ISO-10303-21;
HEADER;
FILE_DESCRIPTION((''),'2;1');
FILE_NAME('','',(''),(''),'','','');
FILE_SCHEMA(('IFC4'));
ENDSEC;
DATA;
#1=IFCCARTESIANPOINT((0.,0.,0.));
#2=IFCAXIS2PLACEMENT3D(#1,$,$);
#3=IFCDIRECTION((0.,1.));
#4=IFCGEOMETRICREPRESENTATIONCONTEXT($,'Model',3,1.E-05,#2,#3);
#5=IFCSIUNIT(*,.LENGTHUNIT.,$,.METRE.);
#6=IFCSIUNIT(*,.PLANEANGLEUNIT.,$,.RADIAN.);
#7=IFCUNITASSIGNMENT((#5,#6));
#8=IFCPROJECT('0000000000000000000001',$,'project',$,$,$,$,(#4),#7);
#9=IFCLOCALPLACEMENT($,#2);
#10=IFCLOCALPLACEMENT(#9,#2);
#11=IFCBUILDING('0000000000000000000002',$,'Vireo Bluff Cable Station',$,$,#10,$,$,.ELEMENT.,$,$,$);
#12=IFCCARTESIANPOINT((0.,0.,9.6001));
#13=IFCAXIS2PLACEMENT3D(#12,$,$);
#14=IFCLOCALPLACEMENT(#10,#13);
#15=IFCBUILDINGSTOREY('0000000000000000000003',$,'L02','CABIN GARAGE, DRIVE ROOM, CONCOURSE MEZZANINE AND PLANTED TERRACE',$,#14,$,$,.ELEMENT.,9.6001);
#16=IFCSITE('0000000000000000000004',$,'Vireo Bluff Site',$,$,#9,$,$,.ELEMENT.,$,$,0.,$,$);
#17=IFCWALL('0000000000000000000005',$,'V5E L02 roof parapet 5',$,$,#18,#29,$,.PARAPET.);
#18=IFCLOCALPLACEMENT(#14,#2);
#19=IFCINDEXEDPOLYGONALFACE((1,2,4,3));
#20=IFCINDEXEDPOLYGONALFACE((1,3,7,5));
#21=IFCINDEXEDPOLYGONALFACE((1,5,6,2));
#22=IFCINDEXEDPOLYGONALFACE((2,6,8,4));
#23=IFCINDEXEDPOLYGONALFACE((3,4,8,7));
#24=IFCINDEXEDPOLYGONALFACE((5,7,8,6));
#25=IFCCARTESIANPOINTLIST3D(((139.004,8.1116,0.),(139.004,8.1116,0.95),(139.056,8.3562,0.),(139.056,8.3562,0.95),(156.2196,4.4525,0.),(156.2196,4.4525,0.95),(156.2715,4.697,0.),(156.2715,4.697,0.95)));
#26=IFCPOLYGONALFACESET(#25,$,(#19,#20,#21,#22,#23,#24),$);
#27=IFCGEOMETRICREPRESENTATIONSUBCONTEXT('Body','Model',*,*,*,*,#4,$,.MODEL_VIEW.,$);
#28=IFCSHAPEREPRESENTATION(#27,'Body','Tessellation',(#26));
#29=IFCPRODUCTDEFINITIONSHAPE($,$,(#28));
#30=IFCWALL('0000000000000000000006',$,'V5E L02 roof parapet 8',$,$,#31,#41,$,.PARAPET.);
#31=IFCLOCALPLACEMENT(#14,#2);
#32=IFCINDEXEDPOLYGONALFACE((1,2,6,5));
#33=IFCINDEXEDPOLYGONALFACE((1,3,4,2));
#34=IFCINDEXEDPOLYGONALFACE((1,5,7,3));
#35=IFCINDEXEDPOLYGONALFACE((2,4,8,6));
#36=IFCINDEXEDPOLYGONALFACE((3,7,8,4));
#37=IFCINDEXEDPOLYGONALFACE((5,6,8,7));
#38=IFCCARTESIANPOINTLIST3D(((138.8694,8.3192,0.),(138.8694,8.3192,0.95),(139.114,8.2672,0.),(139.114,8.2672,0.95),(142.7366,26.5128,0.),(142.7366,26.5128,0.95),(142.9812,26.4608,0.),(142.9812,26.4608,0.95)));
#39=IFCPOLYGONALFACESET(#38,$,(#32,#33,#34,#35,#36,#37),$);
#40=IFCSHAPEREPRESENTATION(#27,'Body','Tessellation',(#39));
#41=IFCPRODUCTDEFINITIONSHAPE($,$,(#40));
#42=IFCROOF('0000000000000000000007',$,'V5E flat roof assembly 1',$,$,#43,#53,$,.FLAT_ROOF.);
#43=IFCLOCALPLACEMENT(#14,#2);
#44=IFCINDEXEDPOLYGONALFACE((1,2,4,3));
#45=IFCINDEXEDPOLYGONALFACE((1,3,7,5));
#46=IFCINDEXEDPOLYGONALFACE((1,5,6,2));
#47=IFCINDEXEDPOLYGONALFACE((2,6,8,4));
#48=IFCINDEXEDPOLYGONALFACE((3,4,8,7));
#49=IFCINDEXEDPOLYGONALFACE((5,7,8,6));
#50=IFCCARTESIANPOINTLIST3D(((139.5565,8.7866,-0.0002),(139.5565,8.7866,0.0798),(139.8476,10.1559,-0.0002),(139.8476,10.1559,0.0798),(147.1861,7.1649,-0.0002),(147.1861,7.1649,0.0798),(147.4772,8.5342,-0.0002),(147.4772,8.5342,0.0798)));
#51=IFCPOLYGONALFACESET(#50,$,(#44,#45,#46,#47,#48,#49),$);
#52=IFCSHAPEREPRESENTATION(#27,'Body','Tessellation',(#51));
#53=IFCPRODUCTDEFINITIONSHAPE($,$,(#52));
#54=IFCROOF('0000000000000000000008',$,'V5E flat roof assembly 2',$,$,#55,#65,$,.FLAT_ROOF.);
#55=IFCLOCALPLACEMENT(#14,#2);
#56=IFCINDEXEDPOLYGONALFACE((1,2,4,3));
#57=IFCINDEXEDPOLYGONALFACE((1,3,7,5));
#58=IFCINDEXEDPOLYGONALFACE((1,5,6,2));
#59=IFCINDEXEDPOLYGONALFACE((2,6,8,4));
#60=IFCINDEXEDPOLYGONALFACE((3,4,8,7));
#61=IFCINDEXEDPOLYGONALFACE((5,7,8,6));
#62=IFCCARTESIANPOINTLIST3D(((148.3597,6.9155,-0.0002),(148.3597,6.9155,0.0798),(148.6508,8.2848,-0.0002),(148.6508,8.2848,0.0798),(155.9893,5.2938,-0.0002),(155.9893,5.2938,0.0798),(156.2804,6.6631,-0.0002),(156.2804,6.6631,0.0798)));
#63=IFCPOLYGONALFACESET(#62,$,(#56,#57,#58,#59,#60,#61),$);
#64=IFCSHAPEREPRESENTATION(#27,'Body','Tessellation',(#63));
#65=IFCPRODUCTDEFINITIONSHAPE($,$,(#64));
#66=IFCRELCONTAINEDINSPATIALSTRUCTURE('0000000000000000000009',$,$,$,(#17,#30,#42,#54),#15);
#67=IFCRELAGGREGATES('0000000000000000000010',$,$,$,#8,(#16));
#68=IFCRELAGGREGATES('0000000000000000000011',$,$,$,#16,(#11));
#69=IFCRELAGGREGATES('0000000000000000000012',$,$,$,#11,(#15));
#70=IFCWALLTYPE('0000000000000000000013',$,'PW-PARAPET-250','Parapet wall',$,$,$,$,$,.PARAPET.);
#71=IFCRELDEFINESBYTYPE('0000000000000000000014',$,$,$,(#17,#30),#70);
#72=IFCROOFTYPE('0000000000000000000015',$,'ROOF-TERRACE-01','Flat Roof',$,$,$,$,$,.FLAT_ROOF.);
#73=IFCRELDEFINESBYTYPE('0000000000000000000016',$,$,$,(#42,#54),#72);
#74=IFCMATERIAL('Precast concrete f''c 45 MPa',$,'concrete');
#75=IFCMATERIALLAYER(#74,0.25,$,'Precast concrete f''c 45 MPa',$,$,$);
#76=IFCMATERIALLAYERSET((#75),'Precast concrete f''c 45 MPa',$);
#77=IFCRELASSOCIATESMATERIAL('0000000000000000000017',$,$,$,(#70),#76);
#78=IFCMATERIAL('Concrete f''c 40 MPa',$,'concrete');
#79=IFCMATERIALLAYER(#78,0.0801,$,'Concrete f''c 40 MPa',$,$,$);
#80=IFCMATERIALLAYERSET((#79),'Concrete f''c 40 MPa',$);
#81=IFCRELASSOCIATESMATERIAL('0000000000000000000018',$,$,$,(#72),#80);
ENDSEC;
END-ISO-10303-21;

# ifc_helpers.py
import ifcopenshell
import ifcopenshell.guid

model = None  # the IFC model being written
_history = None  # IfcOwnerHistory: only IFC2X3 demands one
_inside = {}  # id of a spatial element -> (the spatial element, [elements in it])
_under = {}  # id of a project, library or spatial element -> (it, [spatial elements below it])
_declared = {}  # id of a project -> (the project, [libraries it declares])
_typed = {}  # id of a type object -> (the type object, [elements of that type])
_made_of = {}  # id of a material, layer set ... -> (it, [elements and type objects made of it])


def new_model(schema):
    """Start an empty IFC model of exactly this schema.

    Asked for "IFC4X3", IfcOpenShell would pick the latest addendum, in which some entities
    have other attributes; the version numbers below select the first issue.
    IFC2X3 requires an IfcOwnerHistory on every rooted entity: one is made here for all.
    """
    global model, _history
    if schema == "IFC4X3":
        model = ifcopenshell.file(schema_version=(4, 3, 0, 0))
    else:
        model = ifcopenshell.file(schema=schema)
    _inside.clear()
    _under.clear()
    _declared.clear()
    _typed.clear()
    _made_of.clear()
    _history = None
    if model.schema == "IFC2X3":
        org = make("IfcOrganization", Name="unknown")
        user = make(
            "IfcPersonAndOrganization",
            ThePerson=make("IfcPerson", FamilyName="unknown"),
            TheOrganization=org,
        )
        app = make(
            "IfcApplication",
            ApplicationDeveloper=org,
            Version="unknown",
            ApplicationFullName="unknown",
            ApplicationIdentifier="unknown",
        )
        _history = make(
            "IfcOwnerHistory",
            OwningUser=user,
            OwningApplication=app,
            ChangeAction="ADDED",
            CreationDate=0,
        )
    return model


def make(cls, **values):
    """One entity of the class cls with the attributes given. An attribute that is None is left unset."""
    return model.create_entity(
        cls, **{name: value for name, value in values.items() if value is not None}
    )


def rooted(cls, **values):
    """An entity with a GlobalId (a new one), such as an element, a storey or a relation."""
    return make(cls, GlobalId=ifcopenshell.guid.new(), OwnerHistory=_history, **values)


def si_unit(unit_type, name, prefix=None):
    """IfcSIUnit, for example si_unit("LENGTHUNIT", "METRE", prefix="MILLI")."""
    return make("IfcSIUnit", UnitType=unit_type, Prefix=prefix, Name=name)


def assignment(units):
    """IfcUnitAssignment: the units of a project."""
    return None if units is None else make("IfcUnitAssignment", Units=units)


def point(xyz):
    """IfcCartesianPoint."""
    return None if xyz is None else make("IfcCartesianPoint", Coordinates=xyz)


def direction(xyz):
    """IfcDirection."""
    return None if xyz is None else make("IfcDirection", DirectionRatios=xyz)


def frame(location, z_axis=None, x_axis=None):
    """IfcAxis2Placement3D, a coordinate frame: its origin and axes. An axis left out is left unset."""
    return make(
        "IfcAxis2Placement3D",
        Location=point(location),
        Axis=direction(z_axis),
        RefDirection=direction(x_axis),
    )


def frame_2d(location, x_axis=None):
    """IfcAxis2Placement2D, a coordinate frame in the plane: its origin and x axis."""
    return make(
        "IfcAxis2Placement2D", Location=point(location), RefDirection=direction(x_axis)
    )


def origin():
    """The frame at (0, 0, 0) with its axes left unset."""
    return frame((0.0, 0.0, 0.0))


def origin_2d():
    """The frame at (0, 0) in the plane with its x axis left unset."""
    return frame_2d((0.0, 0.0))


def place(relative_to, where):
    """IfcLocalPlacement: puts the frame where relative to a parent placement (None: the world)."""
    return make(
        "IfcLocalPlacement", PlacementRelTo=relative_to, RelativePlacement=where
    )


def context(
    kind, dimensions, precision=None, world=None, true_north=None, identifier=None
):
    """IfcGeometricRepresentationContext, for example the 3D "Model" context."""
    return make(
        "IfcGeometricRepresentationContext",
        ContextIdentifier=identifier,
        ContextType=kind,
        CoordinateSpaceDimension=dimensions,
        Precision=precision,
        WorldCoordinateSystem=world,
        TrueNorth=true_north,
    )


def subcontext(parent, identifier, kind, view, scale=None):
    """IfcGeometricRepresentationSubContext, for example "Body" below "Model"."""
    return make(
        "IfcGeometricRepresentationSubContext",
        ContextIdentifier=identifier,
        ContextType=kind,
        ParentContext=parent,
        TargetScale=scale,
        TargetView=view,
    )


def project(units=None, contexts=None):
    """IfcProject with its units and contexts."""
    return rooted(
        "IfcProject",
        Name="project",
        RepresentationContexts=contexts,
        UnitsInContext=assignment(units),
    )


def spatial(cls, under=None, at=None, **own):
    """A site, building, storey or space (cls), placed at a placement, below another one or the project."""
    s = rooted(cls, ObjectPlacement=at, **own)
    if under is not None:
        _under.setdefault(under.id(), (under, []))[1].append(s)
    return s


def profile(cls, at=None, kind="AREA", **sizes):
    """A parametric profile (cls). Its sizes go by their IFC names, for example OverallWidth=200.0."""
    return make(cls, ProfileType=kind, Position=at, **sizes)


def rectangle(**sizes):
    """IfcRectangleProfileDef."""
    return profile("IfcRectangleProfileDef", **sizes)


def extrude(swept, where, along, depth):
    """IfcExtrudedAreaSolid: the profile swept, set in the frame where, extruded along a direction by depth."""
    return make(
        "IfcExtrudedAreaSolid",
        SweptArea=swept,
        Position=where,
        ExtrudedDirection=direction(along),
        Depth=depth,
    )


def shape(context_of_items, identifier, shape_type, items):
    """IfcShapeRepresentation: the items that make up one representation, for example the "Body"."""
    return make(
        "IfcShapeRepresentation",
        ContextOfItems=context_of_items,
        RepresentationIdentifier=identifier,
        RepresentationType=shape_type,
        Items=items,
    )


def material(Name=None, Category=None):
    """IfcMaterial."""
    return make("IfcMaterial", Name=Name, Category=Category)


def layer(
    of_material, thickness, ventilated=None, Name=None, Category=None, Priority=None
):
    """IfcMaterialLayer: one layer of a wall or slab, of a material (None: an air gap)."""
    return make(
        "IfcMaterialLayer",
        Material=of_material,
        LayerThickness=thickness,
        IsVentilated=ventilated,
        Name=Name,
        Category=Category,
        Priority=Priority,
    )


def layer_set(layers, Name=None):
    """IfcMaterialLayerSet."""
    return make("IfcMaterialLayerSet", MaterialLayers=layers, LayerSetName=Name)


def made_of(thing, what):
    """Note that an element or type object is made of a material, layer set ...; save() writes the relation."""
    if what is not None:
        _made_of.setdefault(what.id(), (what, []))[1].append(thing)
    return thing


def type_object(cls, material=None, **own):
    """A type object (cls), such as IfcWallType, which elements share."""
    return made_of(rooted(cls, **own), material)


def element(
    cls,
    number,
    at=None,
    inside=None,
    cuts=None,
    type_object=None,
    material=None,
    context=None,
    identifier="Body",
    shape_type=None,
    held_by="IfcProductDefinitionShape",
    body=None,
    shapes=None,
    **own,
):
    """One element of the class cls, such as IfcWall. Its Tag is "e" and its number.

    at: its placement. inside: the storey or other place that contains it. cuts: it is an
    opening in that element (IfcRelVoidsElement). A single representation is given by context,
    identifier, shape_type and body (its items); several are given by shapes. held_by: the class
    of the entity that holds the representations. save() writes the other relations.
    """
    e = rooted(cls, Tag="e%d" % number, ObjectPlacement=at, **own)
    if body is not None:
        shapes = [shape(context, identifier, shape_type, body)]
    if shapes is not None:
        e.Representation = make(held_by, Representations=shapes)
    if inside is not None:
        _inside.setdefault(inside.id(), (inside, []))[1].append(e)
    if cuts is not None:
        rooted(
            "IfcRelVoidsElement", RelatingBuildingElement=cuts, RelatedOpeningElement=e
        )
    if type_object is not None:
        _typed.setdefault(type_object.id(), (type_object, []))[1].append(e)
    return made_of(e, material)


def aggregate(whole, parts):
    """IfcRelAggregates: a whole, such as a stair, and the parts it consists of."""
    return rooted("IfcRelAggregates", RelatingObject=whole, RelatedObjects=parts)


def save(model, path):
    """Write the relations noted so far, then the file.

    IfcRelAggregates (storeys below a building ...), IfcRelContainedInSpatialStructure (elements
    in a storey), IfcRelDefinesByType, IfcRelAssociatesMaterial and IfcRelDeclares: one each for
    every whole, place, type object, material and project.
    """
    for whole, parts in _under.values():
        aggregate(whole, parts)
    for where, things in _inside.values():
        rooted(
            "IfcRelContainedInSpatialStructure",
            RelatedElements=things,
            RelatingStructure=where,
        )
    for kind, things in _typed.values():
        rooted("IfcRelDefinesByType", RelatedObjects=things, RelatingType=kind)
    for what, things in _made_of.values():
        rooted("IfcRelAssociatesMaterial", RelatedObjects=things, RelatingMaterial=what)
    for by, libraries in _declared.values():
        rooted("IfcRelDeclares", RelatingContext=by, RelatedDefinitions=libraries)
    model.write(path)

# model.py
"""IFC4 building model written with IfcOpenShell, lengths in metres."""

from ifc_helpers import new_model, si_unit, direction, frame, frame_2d, origin, origin_2d, place, context, subcontext, project, spatial, rectangle, extrude, material, layer, layer_set, type_object, element, save


model = new_model("IFC4")

# Units and contexts
model_context = context("Model", 3, precision=1e-05, world=origin(), true_north=direction((0.0, 1.0)))
body_context = subcontext(model_context, "Body", "Model", "MODEL_VIEW")
ifc_project = project(units=[si_unit("LENGTHUNIT", "METRE"), si_unit("PLANEANGLEUNIT", "RADIAN")], contexts=[model_context])

# Site, building, storey
site_placement = place(None, origin())
site = spatial("IfcSite", under=ifc_project, at=site_placement, Name="Vireo Bluff Site", CompositionType="ELEMENT", RefElevation=0.0)
building_placement = place(site_placement, origin())
building = spatial("IfcBuilding", under=site, at=building_placement, Name="Vireo Bluff Cable Station", CompositionType="ELEMENT")
storey_placement = place(building_placement, frame((0.0, 0.0, 9.6001)))
storey = spatial("IfcBuildingStorey", under=building, at=storey_placement, Name="L02", Description="CABIN GARAGE, DRIVE ROOM, CONCOURSE MEZZANINE AND PLANTED TERRACE", CompositionType="ELEMENT", Elevation=9.6001)

# Walls
ifc_material_1 = material(Name="Precast concrete f'c 45 MPa", Category="concrete")
ifc_layer_1 = layer(ifc_material_1, 0.25, Name="Precast concrete f'c 45 MPa")
ifc_layer_set_1 = layer_set([ifc_layer_1], Name="Precast concrete f'c 45 MPa")
wall_type_1 = type_object("IfcWallType", Name="PW-PARAPET-250", Description="Parapet wall", PredefinedType="PARAPET", material=ifc_layer_set_1)
wall_1_placement = place(storey_placement, frame((139.03, 8.2339, 0.0), z_axis=(0.0, 0.0, 1.0), x_axis=(0.978149, -0.207906, 0.0)))
element("IfcWall", 1, at=wall_1_placement, inside=storey, type_object=wall_type_1, Name="V5E L02 roof parapet 5", PredefinedType="PARAPET", context=body_context, shape_type="SweptSolid", body=[
    extrude(rectangle(XDim=17.6001, YDim=0.25, at=frame_2d((8.8, 0.0))), origin(), (0.0, 0.0, 1.0), 0.95),
])
wall_2_placement = place(storey_placement, frame((142.8589, 26.4868, 0.0), z_axis=(0.0, 0.0, 1.0), x_axis=(-0.207913, -0.978147, 0.0)))
element("IfcWall", 2, at=wall_2_placement, inside=storey, type_object=wall_type_1, Name="V5E L02 roof parapet 8", PredefinedType="PARAPET", context=body_context, shape_type="SweptSolid", body=[
    extrude(rectangle(XDim=18.6001, YDim=0.25, at=frame_2d((9.3, 0.0))), origin(), (0.0, 0.0, 1.0), 0.95),
])

# Roofs
ifc_material_2 = material(Name="Concrete f'c 40 MPa", Category="concrete")
ifc_layer_2 = layer(ifc_material_2, 0.0801, Name="Concrete f'c 40 MPa")
ifc_layer_set_2 = layer_set([ifc_layer_2], Name="Concrete f'c 40 MPa")
roof_type = type_object("IfcRoofType", Name="ROOF-TERRACE-01", Description="Flat Roof", PredefinedType="FLAT_ROOF", material=ifc_layer_set_2)
for number, where, z_axis, x_axis, name in (
    (3, (143.5168, 8.6604, -0.0002), (0.0, 0.0, 1.0), (0.978148, -0.207912, 0.0), "V5E flat roof assembly 1"),
    (4, (152.3201, 6.7893, -0.0002), (0.0, 0.0, 1.0), (0.978148, -0.207912, 0.0), "V5E flat roof assembly 2"),
):
    element("IfcRoof", number, at=place(storey_placement, frame(where, z_axis=z_axis, x_axis=x_axis)), inside=storey, type_object=roof_type, Name=name, PredefinedType="FLAT_ROOF", context=body_context, shape_type="SweptSolid", body=[
        extrude(rectangle(XDim=7.8, YDim=1.3999, at=origin_2d()), origin(), (0.0, 0.0, 1.0), 0.0801),
    ])

save(model, "model.ifc")
